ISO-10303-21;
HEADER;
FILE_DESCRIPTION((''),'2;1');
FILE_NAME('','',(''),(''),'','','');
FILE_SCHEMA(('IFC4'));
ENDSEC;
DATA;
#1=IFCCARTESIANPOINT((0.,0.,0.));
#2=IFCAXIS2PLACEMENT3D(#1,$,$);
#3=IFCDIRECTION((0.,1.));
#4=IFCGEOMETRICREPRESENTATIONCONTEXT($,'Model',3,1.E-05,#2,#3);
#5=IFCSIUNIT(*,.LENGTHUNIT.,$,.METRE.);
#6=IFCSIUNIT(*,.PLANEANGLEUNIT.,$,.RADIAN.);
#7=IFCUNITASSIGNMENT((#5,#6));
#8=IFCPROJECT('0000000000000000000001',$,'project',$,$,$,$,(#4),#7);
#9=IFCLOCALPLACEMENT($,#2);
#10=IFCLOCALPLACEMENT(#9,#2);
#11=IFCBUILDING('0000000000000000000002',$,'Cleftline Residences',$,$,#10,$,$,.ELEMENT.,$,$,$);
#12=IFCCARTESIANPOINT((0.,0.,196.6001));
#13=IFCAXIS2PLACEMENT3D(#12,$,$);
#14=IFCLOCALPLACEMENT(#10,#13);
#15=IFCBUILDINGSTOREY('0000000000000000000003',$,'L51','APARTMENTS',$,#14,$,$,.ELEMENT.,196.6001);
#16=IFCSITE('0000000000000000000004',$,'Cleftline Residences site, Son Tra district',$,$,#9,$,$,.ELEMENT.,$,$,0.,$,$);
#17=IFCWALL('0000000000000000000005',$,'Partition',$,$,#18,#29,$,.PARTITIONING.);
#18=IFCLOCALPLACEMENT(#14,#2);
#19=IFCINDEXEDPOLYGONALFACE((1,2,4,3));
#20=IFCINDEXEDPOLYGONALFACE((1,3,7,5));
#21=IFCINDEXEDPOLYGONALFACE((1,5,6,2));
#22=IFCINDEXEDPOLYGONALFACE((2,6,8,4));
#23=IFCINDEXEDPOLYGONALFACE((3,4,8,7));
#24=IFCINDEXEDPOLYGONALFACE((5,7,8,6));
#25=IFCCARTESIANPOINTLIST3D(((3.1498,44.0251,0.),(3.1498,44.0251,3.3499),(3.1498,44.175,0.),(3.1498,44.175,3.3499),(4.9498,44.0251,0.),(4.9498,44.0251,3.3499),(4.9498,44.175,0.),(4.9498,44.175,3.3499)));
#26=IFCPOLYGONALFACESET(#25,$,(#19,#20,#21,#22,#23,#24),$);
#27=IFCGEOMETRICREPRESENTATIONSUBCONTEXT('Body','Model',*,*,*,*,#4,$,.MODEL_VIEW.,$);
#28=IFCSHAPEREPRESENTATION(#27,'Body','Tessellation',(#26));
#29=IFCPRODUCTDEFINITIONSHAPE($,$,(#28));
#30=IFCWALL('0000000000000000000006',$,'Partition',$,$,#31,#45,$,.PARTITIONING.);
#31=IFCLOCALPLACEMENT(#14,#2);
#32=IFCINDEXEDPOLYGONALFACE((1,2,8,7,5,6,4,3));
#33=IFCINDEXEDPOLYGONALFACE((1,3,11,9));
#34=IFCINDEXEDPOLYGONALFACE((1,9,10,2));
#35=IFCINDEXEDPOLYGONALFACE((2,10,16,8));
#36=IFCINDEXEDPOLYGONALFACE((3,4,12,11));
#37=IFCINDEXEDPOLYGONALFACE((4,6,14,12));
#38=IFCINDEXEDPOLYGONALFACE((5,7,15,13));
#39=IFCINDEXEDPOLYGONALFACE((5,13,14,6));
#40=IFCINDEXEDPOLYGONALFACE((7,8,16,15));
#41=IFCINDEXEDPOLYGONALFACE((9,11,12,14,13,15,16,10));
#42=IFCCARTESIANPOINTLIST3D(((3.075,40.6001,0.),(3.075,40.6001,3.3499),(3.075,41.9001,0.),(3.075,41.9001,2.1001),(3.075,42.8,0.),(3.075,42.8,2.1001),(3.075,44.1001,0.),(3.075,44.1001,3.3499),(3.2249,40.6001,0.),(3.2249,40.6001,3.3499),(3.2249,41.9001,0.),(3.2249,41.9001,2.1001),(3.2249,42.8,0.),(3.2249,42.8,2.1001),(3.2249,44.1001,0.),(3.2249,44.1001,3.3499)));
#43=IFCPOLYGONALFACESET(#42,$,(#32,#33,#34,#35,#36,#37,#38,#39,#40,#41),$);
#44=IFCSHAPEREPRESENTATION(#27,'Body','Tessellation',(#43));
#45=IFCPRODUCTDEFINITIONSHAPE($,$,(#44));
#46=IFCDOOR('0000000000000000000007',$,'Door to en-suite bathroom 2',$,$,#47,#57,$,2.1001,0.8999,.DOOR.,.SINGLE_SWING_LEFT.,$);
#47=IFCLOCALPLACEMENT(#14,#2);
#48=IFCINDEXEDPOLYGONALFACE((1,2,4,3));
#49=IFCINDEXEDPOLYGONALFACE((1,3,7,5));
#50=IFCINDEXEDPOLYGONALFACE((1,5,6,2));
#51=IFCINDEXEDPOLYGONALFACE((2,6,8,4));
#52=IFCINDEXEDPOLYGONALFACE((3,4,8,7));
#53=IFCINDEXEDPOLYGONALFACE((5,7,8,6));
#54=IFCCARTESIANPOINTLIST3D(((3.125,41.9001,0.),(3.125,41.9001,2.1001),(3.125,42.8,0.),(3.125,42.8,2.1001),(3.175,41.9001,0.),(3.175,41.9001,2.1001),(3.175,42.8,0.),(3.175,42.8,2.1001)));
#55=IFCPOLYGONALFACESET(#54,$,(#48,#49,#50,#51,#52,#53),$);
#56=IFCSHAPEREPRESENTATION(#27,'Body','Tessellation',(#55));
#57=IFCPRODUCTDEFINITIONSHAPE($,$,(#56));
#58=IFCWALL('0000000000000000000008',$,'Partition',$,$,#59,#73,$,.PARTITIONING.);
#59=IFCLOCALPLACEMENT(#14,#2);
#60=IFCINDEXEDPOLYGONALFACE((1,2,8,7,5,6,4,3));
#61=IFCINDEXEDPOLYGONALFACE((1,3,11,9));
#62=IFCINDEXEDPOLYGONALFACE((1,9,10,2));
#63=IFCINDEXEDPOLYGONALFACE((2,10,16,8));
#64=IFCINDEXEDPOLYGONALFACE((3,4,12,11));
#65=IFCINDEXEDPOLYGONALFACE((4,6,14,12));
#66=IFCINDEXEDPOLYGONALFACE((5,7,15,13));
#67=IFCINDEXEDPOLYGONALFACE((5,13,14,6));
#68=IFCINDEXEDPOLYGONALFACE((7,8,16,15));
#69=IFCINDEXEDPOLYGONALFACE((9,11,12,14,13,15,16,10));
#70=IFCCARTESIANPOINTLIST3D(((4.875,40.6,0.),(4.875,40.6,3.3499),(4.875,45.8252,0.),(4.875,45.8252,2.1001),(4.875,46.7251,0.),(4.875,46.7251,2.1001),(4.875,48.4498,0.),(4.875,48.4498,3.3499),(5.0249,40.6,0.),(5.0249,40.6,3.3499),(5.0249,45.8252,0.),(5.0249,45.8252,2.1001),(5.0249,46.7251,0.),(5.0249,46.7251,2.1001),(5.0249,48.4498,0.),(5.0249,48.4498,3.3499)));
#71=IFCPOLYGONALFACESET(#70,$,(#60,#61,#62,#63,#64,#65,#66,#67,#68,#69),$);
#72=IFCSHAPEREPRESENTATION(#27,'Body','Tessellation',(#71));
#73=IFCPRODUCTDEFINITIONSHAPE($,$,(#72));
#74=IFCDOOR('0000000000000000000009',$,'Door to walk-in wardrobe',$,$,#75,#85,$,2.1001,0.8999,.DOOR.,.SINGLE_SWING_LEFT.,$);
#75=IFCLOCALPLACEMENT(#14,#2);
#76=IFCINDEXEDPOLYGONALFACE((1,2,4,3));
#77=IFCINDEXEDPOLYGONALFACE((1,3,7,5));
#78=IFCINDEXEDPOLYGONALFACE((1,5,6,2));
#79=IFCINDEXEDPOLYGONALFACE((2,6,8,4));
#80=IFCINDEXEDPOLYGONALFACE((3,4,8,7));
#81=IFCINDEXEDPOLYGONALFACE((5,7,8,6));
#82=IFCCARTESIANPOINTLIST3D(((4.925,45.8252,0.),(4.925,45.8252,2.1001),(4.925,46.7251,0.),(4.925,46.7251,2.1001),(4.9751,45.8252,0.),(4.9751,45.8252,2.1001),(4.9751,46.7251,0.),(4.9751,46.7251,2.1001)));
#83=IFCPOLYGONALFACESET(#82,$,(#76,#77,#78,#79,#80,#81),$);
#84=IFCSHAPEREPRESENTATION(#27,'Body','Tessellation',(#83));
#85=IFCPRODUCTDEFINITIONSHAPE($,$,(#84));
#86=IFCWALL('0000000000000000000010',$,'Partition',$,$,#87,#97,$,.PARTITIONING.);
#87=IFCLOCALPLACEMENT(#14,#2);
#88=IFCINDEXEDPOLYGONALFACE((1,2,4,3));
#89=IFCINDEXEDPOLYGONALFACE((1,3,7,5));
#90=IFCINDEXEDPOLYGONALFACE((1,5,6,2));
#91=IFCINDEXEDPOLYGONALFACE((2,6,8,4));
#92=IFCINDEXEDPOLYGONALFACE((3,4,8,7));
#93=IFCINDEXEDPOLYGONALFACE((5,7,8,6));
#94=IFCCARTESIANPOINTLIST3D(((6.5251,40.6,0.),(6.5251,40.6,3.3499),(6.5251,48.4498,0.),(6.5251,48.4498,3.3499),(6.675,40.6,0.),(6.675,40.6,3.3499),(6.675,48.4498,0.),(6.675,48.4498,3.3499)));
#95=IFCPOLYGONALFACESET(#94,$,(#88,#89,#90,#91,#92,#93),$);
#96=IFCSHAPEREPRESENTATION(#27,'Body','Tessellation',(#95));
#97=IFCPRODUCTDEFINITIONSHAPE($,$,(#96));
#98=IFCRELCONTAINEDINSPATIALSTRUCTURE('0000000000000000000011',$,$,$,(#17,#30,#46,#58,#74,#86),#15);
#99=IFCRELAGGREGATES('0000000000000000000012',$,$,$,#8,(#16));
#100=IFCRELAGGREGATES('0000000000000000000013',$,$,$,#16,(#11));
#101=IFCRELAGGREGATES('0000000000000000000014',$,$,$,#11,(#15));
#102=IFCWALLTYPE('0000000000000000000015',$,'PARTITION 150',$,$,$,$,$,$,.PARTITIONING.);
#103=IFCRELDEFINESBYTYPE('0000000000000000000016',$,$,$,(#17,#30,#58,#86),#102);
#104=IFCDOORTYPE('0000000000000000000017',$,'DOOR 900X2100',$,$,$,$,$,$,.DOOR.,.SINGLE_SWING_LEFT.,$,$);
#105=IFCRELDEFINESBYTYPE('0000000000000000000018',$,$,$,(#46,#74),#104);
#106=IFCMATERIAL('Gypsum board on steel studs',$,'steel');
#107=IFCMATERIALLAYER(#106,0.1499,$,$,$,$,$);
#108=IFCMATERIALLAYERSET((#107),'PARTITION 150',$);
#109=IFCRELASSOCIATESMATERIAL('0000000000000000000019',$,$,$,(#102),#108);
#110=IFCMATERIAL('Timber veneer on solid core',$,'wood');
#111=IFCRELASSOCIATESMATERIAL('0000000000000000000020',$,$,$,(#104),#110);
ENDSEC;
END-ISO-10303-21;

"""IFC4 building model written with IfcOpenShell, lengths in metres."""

from ifc_helpers import new_model, si_unit, direction, frame, frame_2d, origin, place, context, subcontext, project, spatial, rectangle, extrude, material, layer, layer_set, type_object, element, fill, save


model = new_model("IFC4")

# Units and contexts
model_context = context("Model", 3, precision=1e-05, world=origin(), true_north=direction((0.0, 1.0)))
body_context = subcontext(model_context, "Body", "Model", "MODEL_VIEW")
ifc_project = project(units=[si_unit("LENGTHUNIT", "METRE"), si_unit("PLANEANGLEUNIT", "RADIAN")], contexts=[model_context])

# Site, building, storey
site_placement = place(None, origin())
site = spatial("IfcSite", under=ifc_project, at=site_placement, Name="Cleftline Residences site, Son Tra district", CompositionType="ELEMENT", RefElevation=0.0)
building_placement = place(site_placement, origin())
building = spatial("IfcBuilding", under=site, at=building_placement, Name="Cleftline Residences", CompositionType="ELEMENT")
storey_placement = place(building_placement, frame((0.0, 0.0, 196.6001)))
storey = spatial("IfcBuildingStorey", under=building, at=storey_placement, Name="L51", Description="APARTMENTS", CompositionType="ELEMENT", Elevation=196.6001)

# Wall
ifc_material_1 = material(Name="Gypsum board on steel studs", Category="steel")
ifc_layer_1 = layer(ifc_material_1, 0.1499)
ifc_layer_set_1 = layer_set([ifc_layer_1], Name="PARTITION 150")
wall_type_1 = type_object("IfcWallType", Name="PARTITION 150", PredefinedType="PARTITIONING", material=ifc_layer_set_1)
wall_1_placement = place(storey_placement, frame((3.1499, 44.1001, 0.0), z_axis=(0.0, 0.0, 1.0), x_axis=(1.0, 0.0, 0.0)))
element("IfcWall", 1, at=wall_1_placement, inside=storey, type_object=wall_type_1, Name="Partition", PredefinedType="PARTITIONING", context=body_context, shape_type="SweptSolid", body=[
    extrude(rectangle(XDim=1.8, YDim=0.1499, at=frame_2d((0.8999, 0.0))), origin(), (0.0, 0.0, 1.0), 3.3499),
])

# Walls, openings, doors
wall_2_placement = place(storey_placement, frame((3.1499, 40.6001, 0.0), z_axis=(0.0, 0.0, 1.0), x_axis=(0.0, 1.0, 0.0)))
wall_2 = element("IfcWall", 2, at=wall_2_placement, inside=storey, type_object=wall_type_1, Name="Partition", PredefinedType="PARTITIONING", context=body_context, shape_type="SweptSolid", body=[
    extrude(rectangle(XDim=3.5, YDim=0.1499, at=frame_2d((1.75, 0.0))), origin(), (0.0, 0.0, 1.0), 3.3499),
])
opening_1_placement = place(wall_2_placement, frame((1.3, 0.0, 0.0)))
opening_1 = element("IfcOpeningElement", 3, at=opening_1_placement, cuts=wall_2, PredefinedType="OPENING", context=body_context, shape_type="SweptSolid", body=[
    extrude(rectangle(XDim=0.8999, YDim=2.1001, at=frame_2d((0.45, 1.05))), frame((0.0, 0.085, 0.0), z_axis=(0.0, -1.0, 0.0), x_axis=(1.0, 0.0, 0.0)), (0.0, 0.0, 1.0), 0.1699),
])
ifc_material_2 = material(Name="Timber veneer on solid core", Category="wood")
door_type = type_object("IfcDoorType", Name="DOOR 900X2100", OperationType="SINGLE_SWING_LEFT", PredefinedType="DOOR", material=ifc_material_2)
door_1_placement = place(opening_1_placement, origin())
door_1 = element("IfcDoor", 4, at=door_1_placement, inside=storey, type_object=door_type, Name="Door to en-suite bathroom 2", OperationType="SINGLE_SWING_LEFT", OverallHeight=2.1001, OverallWidth=0.8999, PredefinedType="DOOR", context=body_context, shape_type="SweptSolid", body=[
    extrude(rectangle(XDim=0.8999, YDim=2.1001, at=frame_2d((0.45, 1.05))), frame((0.0, 0.0249, 0.0), z_axis=(0.0, -1.0, 0.0), x_axis=(1.0, 0.0, 0.0)), (0.0, 0.0, 1.0), 0.05),
])
fill(opening_1, door_1)
wall_3_placement = place(storey_placement, frame((4.95, 40.6001, 0.0), z_axis=(0.0, 0.0, 1.0), x_axis=(0.0, 1.0, 0.0)))
wall_3 = element("IfcWall", 5, at=wall_3_placement, inside=storey, type_object=wall_type_1, Name="Partition", PredefinedType="PARTITIONING", context=body_context, shape_type="SweptSolid", body=[
    extrude(rectangle(XDim=7.8499, YDim=0.1499, at=frame_2d((3.9248, 0.0))), origin(), (0.0, 0.0, 1.0), 3.3499),
])
opening_2_placement = place(wall_3_placement, frame((5.2251, 0.0, 0.0)))
opening_2 = element("IfcOpeningElement", 6, at=opening_2_placement, cuts=wall_3, PredefinedType="OPENING", context=body_context, shape_type="SweptSolid", body=[
    extrude(rectangle(XDim=0.8999, YDim=2.1001, at=frame_2d((0.45, 1.05))), frame((0.0, 0.085, 0.0), z_axis=(0.0, -1.0, 0.0), x_axis=(1.0, 0.0, 0.0)), (0.0, 0.0, 1.0), 0.1699),
])
door_2_placement = place(opening_2_placement, origin())
door_2 = element("IfcDoor", 7, at=door_2_placement, inside=storey, type_object=door_type, Name="Door to walk-in wardrobe", OperationType="SINGLE_SWING_LEFT", OverallHeight=2.1001, OverallWidth=0.8999, PredefinedType="DOOR", context=body_context, shape_type="SweptSolid", body=[
    extrude(rectangle(XDim=0.8999, YDim=2.1001, at=frame_2d((0.45, 1.05))), frame((0.0, 0.0249, 0.0), z_axis=(0.0, -1.0, 0.0), x_axis=(1.0, 0.0, 0.0)), (0.0, 0.0, 1.0), 0.05),
])
fill(opening_2, door_2)

# Wall
wall_4_placement = place(storey_placement, frame((6.6001, 40.6001, 0.0), z_axis=(0.0, 0.0, 1.0), x_axis=(0.0, 1.0, 0.0)))
element("IfcWall", 8, at=wall_4_placement, inside=storey, type_object=wall_type_1, Name="Partition", PredefinedType="PARTITIONING", context=body_context, shape_type="SweptSolid", body=[
    extrude(rectangle(XDim=7.8499, YDim=0.1499, at=frame_2d((3.9248, 0.0))), origin(), (0.0, 0.0, 1.0), 3.3499),
])

save(model, "model.ifc")
